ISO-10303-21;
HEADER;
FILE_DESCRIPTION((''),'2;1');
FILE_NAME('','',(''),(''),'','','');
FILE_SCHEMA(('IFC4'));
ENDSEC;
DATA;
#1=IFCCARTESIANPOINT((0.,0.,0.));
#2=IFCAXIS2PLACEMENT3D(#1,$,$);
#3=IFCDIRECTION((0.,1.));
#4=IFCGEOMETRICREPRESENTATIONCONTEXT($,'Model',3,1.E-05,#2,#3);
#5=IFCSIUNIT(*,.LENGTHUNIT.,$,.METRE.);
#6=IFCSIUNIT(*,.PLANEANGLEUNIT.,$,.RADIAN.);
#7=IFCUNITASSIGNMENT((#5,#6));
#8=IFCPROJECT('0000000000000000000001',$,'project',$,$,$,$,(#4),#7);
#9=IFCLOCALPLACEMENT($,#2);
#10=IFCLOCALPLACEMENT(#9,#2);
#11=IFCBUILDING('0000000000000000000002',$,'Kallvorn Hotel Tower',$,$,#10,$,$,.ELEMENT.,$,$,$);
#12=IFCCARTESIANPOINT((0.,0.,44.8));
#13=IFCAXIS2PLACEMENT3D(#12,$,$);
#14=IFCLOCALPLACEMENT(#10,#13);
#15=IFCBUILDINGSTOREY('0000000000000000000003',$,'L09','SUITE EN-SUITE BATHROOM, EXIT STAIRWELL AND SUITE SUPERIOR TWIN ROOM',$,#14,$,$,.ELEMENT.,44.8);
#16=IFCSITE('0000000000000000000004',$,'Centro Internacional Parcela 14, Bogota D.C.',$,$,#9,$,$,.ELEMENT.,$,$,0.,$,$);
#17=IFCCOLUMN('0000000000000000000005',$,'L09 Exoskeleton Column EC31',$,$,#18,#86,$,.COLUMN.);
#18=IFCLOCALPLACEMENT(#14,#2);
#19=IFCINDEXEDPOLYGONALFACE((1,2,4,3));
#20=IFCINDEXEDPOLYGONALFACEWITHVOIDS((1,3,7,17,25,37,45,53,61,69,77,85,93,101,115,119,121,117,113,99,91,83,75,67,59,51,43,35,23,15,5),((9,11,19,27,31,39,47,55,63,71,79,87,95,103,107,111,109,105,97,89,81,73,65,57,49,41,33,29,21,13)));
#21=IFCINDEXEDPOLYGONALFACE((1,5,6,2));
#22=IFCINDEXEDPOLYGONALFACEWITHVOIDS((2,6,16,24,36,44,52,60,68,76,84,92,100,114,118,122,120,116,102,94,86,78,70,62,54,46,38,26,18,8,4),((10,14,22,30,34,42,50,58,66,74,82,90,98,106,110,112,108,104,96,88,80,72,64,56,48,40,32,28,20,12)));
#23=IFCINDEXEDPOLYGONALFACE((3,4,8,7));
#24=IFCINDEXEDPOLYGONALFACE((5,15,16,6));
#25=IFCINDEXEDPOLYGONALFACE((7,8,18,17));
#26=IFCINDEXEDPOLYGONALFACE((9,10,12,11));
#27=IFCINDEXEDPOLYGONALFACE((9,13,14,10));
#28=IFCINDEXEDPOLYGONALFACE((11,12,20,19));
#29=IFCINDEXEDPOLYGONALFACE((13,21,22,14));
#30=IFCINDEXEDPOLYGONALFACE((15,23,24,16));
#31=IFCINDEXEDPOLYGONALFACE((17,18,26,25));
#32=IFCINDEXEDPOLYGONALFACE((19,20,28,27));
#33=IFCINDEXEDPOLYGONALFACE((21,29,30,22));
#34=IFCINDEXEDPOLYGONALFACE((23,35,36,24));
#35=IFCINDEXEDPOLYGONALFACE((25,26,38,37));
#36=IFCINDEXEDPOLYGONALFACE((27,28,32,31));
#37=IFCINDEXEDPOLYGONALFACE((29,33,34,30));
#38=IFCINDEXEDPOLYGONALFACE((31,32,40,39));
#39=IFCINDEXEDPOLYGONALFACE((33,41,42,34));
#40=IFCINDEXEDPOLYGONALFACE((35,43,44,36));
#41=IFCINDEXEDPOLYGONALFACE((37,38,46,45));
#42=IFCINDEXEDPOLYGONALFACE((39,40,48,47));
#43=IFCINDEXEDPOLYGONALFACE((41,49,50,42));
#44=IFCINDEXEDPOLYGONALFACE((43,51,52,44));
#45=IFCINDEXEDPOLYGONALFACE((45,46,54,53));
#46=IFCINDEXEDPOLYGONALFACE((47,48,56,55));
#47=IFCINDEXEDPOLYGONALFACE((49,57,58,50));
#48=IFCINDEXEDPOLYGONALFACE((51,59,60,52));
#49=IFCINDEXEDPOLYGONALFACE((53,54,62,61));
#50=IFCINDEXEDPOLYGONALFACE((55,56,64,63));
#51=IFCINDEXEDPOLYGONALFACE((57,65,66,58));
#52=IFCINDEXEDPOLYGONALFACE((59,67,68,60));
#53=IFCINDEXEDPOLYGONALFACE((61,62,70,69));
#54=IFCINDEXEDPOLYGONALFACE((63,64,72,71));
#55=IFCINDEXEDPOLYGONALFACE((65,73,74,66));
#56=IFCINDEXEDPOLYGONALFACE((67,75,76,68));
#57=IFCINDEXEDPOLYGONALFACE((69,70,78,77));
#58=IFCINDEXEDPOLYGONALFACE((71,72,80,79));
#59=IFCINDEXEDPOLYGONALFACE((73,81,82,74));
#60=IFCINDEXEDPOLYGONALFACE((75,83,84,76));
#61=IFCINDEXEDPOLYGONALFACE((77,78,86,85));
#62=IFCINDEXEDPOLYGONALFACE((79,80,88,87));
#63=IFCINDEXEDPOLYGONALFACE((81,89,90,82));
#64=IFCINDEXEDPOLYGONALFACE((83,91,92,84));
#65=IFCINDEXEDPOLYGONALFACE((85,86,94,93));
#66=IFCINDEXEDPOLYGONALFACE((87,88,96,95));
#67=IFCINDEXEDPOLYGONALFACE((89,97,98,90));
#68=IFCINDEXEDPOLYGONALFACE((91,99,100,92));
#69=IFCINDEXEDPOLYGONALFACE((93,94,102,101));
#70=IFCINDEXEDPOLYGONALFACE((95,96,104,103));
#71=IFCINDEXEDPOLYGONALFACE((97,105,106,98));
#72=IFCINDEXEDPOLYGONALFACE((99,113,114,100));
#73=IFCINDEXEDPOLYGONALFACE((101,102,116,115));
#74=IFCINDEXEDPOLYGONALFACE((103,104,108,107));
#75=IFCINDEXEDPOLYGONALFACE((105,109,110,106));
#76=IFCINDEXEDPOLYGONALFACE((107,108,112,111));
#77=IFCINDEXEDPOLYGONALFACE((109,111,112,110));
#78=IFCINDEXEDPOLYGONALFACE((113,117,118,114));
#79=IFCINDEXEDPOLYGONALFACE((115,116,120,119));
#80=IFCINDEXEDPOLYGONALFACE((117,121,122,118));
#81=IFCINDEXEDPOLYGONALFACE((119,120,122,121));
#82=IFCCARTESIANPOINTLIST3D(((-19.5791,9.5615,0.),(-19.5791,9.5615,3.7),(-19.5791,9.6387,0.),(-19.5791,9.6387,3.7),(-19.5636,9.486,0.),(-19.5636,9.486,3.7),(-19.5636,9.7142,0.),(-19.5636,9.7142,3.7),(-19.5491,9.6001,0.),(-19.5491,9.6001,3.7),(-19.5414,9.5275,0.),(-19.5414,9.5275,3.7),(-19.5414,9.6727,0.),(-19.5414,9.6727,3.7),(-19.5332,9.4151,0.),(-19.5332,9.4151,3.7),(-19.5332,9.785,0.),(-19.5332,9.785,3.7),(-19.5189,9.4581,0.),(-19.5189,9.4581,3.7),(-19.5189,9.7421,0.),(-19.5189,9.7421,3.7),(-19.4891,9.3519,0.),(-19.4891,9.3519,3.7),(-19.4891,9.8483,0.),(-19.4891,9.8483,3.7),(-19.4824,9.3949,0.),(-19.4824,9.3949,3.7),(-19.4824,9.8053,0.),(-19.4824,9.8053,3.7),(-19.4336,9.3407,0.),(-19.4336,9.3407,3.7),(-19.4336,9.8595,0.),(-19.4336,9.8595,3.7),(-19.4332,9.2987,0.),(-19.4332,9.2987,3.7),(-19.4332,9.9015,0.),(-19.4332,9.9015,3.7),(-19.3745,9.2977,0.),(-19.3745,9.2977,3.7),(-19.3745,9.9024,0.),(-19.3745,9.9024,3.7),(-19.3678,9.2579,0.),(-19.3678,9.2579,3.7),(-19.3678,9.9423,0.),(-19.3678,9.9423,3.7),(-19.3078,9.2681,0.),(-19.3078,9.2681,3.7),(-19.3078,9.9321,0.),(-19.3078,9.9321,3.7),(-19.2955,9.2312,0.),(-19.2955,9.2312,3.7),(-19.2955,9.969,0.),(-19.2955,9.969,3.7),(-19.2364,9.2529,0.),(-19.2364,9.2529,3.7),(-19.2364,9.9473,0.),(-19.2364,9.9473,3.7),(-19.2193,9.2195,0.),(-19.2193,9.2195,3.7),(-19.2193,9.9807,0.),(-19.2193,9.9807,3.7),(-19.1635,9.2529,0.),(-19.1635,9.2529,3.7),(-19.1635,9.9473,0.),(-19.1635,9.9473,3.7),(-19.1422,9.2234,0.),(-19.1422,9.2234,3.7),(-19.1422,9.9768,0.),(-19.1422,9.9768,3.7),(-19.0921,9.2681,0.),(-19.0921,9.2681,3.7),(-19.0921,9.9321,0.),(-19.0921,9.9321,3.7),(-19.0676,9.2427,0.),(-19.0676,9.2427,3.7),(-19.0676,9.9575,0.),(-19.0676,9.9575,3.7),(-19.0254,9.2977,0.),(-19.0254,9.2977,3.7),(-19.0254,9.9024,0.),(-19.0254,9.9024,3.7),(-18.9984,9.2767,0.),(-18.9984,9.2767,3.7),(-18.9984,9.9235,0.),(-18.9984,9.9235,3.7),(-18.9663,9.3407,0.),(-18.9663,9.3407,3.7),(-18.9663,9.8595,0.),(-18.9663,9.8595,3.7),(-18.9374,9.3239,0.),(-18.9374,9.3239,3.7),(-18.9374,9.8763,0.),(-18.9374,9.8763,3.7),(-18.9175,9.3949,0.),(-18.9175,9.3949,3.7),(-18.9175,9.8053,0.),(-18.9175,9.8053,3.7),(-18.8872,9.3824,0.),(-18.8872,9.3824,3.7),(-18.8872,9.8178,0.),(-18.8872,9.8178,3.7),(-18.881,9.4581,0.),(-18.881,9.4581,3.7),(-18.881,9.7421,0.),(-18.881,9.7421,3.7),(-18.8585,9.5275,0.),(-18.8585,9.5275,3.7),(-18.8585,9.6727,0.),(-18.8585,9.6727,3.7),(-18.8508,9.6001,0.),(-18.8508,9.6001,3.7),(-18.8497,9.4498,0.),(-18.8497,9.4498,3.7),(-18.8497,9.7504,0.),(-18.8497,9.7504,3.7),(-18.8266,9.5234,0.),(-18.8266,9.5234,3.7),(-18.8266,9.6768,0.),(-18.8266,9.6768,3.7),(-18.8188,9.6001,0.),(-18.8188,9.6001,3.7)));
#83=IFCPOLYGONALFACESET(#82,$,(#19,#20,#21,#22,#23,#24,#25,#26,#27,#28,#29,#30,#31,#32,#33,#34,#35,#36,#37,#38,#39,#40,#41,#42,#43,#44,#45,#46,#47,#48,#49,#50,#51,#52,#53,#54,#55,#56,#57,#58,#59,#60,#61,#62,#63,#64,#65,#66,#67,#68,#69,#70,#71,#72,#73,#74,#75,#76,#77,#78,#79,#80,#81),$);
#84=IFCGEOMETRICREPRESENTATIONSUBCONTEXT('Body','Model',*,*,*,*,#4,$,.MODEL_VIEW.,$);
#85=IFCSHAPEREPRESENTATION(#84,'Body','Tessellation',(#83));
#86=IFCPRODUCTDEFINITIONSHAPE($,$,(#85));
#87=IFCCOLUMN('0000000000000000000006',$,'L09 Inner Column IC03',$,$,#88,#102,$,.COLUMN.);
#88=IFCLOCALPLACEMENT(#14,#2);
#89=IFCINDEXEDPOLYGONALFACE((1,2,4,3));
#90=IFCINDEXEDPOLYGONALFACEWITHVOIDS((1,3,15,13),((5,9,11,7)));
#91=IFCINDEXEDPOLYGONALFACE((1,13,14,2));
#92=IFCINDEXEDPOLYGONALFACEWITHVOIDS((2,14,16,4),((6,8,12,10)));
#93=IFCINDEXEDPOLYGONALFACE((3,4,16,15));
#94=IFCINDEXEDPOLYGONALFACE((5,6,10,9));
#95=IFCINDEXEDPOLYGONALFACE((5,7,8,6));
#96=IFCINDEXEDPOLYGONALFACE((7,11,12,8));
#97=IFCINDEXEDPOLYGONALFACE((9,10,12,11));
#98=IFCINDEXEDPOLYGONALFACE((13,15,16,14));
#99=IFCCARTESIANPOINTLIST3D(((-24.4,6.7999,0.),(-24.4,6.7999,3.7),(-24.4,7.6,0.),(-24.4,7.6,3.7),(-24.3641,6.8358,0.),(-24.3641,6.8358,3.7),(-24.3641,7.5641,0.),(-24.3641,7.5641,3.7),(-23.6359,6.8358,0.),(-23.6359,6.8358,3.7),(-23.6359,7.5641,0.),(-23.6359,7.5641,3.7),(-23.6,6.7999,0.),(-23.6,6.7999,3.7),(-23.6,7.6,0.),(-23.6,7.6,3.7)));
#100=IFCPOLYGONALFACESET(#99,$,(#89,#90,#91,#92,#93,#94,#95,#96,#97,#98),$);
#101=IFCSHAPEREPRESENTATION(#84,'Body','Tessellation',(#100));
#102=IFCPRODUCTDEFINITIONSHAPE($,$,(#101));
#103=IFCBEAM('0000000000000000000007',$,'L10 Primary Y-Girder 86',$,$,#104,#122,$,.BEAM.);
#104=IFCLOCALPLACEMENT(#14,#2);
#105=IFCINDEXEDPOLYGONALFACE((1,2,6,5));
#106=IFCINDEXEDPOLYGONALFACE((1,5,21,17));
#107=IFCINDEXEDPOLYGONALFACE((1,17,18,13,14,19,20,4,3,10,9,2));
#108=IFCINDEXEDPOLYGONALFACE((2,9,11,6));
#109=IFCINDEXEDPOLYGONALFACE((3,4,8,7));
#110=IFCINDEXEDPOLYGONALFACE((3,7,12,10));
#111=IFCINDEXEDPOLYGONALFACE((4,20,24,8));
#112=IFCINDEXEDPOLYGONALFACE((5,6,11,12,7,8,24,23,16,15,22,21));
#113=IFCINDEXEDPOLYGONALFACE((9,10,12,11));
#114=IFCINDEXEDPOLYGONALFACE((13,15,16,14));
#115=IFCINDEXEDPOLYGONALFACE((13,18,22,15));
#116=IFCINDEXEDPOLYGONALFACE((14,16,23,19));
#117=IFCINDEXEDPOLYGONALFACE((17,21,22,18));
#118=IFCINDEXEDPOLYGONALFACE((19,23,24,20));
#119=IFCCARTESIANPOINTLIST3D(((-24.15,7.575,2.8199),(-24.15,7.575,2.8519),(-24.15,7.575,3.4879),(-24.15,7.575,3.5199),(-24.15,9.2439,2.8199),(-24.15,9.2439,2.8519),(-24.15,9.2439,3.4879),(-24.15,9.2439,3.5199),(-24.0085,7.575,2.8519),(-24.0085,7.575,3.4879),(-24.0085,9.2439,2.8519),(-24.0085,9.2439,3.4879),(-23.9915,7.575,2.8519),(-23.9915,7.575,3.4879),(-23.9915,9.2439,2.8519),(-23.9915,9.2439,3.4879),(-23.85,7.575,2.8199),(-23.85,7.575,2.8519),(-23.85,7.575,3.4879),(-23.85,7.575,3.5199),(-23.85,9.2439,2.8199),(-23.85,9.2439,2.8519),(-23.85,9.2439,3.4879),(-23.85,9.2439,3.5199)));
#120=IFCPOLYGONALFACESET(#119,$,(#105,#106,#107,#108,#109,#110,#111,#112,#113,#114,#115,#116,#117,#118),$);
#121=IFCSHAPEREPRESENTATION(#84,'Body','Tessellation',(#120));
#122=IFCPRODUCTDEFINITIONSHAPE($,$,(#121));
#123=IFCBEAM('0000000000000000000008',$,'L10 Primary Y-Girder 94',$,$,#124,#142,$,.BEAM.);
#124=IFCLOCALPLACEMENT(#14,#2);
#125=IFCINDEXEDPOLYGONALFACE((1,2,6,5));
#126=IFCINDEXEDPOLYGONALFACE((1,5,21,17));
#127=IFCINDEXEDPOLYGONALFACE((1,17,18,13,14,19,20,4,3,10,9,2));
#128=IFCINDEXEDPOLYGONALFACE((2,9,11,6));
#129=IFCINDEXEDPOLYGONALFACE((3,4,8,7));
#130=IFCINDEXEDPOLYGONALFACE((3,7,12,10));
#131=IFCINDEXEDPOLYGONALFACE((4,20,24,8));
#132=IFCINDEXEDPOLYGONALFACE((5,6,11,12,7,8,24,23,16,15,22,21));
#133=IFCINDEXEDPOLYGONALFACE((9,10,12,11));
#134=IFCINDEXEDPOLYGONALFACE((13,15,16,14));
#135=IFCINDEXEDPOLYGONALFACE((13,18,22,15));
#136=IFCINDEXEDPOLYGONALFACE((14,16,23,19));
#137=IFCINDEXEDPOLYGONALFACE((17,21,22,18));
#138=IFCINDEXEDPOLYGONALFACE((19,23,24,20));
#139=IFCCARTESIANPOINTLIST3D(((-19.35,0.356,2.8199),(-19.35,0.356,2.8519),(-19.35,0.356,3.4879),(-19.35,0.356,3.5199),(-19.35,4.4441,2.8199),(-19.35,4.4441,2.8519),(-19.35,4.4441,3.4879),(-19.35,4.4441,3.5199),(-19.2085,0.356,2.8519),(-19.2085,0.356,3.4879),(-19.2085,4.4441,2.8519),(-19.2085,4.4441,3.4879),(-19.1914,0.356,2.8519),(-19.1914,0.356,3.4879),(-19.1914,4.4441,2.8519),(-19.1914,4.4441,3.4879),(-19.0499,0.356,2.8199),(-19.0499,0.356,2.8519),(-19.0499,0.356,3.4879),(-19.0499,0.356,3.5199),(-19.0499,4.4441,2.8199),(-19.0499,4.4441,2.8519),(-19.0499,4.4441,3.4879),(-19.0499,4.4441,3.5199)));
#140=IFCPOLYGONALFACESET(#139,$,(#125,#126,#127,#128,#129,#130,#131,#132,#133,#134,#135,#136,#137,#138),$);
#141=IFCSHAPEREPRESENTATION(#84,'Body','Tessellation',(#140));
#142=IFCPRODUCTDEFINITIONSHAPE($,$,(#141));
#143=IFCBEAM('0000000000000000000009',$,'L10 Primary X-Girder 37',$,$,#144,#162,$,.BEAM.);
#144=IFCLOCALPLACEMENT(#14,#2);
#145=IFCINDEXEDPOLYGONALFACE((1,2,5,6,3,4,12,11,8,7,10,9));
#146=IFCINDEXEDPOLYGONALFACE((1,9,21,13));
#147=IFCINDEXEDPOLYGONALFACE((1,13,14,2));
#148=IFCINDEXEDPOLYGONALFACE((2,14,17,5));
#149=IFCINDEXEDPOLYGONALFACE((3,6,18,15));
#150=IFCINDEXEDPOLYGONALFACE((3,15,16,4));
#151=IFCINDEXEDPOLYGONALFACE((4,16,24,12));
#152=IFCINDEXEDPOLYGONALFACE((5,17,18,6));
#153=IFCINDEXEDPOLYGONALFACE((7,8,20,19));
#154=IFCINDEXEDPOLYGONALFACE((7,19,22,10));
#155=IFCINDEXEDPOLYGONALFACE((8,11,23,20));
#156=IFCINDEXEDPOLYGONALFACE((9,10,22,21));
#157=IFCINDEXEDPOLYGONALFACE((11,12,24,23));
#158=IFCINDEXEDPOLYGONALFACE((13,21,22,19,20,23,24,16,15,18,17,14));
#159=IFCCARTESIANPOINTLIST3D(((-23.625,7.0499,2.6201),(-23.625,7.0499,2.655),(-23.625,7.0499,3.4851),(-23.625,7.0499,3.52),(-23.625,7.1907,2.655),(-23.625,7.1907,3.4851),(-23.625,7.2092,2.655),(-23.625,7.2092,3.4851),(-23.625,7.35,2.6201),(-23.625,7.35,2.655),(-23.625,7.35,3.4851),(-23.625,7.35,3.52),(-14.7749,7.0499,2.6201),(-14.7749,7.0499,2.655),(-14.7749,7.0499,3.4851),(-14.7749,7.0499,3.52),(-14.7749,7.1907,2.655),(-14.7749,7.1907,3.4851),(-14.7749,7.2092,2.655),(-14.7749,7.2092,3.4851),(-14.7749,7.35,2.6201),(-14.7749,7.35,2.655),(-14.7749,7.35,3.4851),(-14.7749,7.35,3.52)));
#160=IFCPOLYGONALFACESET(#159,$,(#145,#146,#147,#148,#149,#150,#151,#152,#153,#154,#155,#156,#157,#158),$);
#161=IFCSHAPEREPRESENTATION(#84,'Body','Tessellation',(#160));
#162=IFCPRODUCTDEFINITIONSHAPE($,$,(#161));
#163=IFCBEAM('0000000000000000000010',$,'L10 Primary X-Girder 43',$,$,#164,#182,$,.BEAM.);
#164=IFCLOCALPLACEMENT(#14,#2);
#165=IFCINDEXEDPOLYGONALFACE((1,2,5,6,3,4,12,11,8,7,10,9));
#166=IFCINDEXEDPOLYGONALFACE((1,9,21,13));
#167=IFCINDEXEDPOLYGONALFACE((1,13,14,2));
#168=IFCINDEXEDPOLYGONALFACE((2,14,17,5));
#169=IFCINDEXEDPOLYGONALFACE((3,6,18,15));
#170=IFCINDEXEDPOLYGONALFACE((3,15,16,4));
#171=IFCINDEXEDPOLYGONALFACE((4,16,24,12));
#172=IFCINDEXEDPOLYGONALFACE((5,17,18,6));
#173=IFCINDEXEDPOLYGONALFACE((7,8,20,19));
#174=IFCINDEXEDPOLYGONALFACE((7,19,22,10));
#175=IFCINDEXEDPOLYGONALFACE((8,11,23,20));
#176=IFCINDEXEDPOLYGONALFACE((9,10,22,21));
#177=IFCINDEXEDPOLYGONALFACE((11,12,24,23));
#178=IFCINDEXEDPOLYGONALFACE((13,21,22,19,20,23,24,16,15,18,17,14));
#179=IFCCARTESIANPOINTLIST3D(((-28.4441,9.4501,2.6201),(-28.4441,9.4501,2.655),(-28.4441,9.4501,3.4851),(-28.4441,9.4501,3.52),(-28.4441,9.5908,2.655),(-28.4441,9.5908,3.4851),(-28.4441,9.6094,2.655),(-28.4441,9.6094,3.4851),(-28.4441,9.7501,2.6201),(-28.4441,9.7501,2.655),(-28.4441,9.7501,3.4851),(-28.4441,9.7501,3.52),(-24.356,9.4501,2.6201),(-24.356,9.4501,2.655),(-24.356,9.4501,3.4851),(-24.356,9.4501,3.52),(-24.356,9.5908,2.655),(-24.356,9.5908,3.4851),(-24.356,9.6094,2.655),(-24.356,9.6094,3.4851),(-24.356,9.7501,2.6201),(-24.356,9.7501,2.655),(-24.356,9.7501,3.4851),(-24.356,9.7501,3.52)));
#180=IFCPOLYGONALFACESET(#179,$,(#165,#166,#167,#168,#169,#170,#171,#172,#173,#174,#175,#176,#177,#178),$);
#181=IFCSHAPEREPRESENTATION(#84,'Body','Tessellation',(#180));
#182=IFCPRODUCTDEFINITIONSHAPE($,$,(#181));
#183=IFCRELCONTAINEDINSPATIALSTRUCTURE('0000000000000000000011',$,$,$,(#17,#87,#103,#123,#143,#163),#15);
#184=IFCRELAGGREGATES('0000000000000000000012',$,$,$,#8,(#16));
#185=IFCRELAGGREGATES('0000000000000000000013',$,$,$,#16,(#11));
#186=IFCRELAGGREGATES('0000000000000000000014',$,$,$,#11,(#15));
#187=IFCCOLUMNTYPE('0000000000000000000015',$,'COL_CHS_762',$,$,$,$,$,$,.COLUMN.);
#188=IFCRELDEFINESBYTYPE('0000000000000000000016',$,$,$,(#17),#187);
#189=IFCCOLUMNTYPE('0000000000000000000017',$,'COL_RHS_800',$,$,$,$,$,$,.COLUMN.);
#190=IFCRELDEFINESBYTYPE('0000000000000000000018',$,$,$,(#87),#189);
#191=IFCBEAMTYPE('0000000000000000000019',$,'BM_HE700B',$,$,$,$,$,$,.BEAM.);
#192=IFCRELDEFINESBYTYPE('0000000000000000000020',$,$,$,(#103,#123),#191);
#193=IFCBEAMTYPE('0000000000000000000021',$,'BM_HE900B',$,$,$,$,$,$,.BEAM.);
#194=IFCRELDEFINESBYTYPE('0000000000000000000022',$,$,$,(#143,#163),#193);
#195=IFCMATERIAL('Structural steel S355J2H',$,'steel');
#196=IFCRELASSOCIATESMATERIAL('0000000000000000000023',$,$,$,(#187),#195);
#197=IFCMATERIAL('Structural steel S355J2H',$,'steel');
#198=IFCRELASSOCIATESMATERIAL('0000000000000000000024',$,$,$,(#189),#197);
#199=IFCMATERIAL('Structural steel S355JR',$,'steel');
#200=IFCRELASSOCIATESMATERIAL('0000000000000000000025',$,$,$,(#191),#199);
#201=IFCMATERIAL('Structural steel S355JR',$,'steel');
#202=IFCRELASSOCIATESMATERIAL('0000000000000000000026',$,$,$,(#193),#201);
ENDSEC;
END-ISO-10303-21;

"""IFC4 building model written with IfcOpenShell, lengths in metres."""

from ifc_helpers import new_model, si_unit, direction, frame, origin, origin_2d, place, context, subcontext, project, spatial, hollow_rectangle, hollow_circle, i_section, extrude, material, material_profile, profile_set, type_object, element, save


model = new_model("IFC4")

# Units and contexts
model_context = context("Model", 3, precision=1e-05, world=origin(), true_north=direction((0.0, 1.0)))
body_context = subcontext(model_context, "Body", "Model", "MODEL_VIEW")
ifc_project = project(units=[si_unit("LENGTHUNIT", "METRE"), si_unit("PLANEANGLEUNIT", "RADIAN")], contexts=[model_context])

# Site, building, storey
site_placement = place(None, origin())
site = spatial("IfcSite", under=ifc_project, at=site_placement, Name="Centro Internacional Parcela 14, Bogota D.C.", CompositionType="ELEMENT", RefElevation=0.0)
building_placement = place(site_placement, origin())
building = spatial("IfcBuilding", under=site, at=building_placement, Name="Kallvorn Hotel Tower", CompositionType="ELEMENT")
storey_placement = place(building_placement, frame((0.0, 0.0, 44.8)))
storey = spatial("IfcBuildingStorey", under=building, at=storey_placement, Name="L09", Description="SUITE EN-SUITE BATHROOM, EXIT STAIRWELL AND SUITE SUPERIOR TWIN ROOM", CompositionType="ELEMENT", Elevation=44.8)

# Columns
ifc_material_1 = material(Name="Structural steel S355J2H", Category="steel")
ifc_material_profile_1 = material_profile(ifc_material_1, hollow_circle(Radius=0.3811, WallThickness=0.032, at=origin_2d()), Name="CHS 762x32")
ifc_profile_set_1 = profile_set([ifc_material_profile_1], Name="Structural steel S355J2H")
column_type_1 = type_object("IfcColumnType", Name="COL_CHS_762", PredefinedType="COLUMN", material=ifc_profile_set_1)
for number, where, z_axis, x_axis, name in (
    (1, (-19.2, 9.6001, 0.0), (0.0, 0.0, 1.0), (1.0, 0.0, 0.0), "L09 Exoskeleton Column EC31"),
):
    element("IfcColumn", number, at=place(storey_placement, frame(where, z_axis=z_axis, x_axis=x_axis)), inside=storey, type_object=column_type_1, Name=name, PredefinedType="COLUMN", context=body_context, shape_type="SweptSolid", body=[
        extrude(hollow_circle(Radius=0.3811, WallThickness=0.032, at=origin_2d()), origin(), (0.0, 0.0, 1.0), 3.7),
    ])
ifc_material_2 = material(Name="Structural steel S355J2H", Category="steel")
ifc_material_profile_2 = material_profile(ifc_material_2, hollow_rectangle(XDim=0.8, YDim=0.8, WallThickness=0.0359, at=origin_2d()), Name="RHS 800x800x36")
ifc_profile_set_2 = profile_set([ifc_material_profile_2], Name="Structural steel S355J2H")
column_type_2 = type_object("IfcColumnType", Name="COL_RHS_800", PredefinedType="COLUMN", material=ifc_profile_set_2)
column_placement = place(storey_placement, frame((-24.0, 7.2, 0.0), z_axis=(0.0, 0.0, 1.0), x_axis=(1.0, 0.0, 0.0)))
element("IfcColumn", 2, at=column_placement, inside=storey, type_object=column_type_2, Name="L09 Inner Column IC03", PredefinedType="COLUMN", context=body_context, shape_type="SweptSolid", body=[
    extrude(hollow_rectangle(XDim=0.8, YDim=0.8, WallThickness=0.0359, at=origin_2d()), origin(), (0.0, 0.0, 1.0), 3.7),
])

# Beams
ifc_material_3 = material(Name="Structural steel S355JR", Category="steel")
ifc_material_profile_3 = material_profile(ifc_material_3, i_section(OverallWidth=0.3, OverallDepth=0.7, WebThickness=0.0171, FlangeThickness=0.032, at=origin_2d()), Name="HE 700 B")
ifc_profile_set_3 = profile_set([ifc_material_profile_3], Name="Structural steel S355JR")
beam_type_1 = type_object("IfcBeamType", Name="BM_HE700B", PredefinedType="BEAM", material=ifc_profile_set_3)
beam_1_placement = place(storey_placement, frame((-24.0, 7.575, 3.1699), z_axis=(0.0, 1.0, 0.0), x_axis=(-1.0, 0.0, 0.0)))
element("IfcBeam", 3, at=beam_1_placement, inside=storey, type_object=beam_type_1, Name="L10 Primary Y-Girder 86", PredefinedType="BEAM", context=body_context, shape_type="SweptSolid", body=[
    extrude(i_section(OverallWidth=0.3, OverallDepth=0.7, WebThickness=0.0171, FlangeThickness=0.032, at=origin_2d()), origin(), (0.0, 0.0, 1.0), 1.6689),
])
beam_2_placement = place(storey_placement, frame((-19.2, 0.356, 3.1699), z_axis=(0.0, 1.0, 0.0), x_axis=(-1.0, 0.0, 0.0)))
element("IfcBeam", 4, at=beam_2_placement, inside=storey, type_object=beam_type_1, Name="L10 Primary Y-Girder 94", PredefinedType="BEAM", context=body_context, shape_type="SweptSolid", body=[
    extrude(i_section(OverallWidth=0.3, OverallDepth=0.7, WebThickness=0.0171, FlangeThickness=0.032, at=origin_2d()), origin(), (0.0, 0.0, 1.0), 4.0881),
])
ifc_material_4 = material(Name="Structural steel S355JR", Category="steel")
ifc_material_profile_4 = material_profile(ifc_material_4, i_section(OverallWidth=0.3, OverallDepth=0.8999, WebThickness=0.0186, FlangeThickness=0.0349, at=origin_2d()), Name="HE 900 B")
ifc_profile_set_4 = profile_set([ifc_material_profile_4], Name="Structural steel S355JR")
beam_type_2 = type_object("IfcBeamType", Name="BM_HE900B", PredefinedType="BEAM", material=ifc_profile_set_4)
beam_3_placement = place(storey_placement, frame((-23.625, 7.2, 3.0701), z_axis=(1.0, 0.0, 0.0), x_axis=(0.0, 1.0, 0.0)))
element("IfcBeam", 5, at=beam_3_placement, inside=storey, type_object=beam_type_2, Name="L10 Primary X-Girder 37", PredefinedType="BEAM", context=body_context, shape_type="SweptSolid", body=[
    extrude(i_section(OverallWidth=0.3, OverallDepth=0.8999, WebThickness=0.0186, FlangeThickness=0.0349, at=origin_2d()), origin(), (0.0, 0.0, 1.0), 8.8501),
])
for number, where, z_axis, x_axis, name in (
    (6, (-28.4441, 9.6001, 3.0701), (1.0, 0.0, 0.0), (0.0, 1.0, 0.0), "L10 Primary X-Girder 43"),
):
    element("IfcBeam", number, at=place(storey_placement, frame(where, z_axis=z_axis, x_axis=x_axis)), inside=storey, type_object=beam_type_2, Name=name, PredefinedType="BEAM", context=body_context, shape_type="SweptSolid", body=[
        extrude(i_section(OverallWidth=0.3, OverallDepth=0.8999, WebThickness=0.0186, FlangeThickness=0.0349, at=origin_2d()), origin(), (0.0, 0.0, 1.0), 4.0881),
    ])

save(model, "model.ifc")
